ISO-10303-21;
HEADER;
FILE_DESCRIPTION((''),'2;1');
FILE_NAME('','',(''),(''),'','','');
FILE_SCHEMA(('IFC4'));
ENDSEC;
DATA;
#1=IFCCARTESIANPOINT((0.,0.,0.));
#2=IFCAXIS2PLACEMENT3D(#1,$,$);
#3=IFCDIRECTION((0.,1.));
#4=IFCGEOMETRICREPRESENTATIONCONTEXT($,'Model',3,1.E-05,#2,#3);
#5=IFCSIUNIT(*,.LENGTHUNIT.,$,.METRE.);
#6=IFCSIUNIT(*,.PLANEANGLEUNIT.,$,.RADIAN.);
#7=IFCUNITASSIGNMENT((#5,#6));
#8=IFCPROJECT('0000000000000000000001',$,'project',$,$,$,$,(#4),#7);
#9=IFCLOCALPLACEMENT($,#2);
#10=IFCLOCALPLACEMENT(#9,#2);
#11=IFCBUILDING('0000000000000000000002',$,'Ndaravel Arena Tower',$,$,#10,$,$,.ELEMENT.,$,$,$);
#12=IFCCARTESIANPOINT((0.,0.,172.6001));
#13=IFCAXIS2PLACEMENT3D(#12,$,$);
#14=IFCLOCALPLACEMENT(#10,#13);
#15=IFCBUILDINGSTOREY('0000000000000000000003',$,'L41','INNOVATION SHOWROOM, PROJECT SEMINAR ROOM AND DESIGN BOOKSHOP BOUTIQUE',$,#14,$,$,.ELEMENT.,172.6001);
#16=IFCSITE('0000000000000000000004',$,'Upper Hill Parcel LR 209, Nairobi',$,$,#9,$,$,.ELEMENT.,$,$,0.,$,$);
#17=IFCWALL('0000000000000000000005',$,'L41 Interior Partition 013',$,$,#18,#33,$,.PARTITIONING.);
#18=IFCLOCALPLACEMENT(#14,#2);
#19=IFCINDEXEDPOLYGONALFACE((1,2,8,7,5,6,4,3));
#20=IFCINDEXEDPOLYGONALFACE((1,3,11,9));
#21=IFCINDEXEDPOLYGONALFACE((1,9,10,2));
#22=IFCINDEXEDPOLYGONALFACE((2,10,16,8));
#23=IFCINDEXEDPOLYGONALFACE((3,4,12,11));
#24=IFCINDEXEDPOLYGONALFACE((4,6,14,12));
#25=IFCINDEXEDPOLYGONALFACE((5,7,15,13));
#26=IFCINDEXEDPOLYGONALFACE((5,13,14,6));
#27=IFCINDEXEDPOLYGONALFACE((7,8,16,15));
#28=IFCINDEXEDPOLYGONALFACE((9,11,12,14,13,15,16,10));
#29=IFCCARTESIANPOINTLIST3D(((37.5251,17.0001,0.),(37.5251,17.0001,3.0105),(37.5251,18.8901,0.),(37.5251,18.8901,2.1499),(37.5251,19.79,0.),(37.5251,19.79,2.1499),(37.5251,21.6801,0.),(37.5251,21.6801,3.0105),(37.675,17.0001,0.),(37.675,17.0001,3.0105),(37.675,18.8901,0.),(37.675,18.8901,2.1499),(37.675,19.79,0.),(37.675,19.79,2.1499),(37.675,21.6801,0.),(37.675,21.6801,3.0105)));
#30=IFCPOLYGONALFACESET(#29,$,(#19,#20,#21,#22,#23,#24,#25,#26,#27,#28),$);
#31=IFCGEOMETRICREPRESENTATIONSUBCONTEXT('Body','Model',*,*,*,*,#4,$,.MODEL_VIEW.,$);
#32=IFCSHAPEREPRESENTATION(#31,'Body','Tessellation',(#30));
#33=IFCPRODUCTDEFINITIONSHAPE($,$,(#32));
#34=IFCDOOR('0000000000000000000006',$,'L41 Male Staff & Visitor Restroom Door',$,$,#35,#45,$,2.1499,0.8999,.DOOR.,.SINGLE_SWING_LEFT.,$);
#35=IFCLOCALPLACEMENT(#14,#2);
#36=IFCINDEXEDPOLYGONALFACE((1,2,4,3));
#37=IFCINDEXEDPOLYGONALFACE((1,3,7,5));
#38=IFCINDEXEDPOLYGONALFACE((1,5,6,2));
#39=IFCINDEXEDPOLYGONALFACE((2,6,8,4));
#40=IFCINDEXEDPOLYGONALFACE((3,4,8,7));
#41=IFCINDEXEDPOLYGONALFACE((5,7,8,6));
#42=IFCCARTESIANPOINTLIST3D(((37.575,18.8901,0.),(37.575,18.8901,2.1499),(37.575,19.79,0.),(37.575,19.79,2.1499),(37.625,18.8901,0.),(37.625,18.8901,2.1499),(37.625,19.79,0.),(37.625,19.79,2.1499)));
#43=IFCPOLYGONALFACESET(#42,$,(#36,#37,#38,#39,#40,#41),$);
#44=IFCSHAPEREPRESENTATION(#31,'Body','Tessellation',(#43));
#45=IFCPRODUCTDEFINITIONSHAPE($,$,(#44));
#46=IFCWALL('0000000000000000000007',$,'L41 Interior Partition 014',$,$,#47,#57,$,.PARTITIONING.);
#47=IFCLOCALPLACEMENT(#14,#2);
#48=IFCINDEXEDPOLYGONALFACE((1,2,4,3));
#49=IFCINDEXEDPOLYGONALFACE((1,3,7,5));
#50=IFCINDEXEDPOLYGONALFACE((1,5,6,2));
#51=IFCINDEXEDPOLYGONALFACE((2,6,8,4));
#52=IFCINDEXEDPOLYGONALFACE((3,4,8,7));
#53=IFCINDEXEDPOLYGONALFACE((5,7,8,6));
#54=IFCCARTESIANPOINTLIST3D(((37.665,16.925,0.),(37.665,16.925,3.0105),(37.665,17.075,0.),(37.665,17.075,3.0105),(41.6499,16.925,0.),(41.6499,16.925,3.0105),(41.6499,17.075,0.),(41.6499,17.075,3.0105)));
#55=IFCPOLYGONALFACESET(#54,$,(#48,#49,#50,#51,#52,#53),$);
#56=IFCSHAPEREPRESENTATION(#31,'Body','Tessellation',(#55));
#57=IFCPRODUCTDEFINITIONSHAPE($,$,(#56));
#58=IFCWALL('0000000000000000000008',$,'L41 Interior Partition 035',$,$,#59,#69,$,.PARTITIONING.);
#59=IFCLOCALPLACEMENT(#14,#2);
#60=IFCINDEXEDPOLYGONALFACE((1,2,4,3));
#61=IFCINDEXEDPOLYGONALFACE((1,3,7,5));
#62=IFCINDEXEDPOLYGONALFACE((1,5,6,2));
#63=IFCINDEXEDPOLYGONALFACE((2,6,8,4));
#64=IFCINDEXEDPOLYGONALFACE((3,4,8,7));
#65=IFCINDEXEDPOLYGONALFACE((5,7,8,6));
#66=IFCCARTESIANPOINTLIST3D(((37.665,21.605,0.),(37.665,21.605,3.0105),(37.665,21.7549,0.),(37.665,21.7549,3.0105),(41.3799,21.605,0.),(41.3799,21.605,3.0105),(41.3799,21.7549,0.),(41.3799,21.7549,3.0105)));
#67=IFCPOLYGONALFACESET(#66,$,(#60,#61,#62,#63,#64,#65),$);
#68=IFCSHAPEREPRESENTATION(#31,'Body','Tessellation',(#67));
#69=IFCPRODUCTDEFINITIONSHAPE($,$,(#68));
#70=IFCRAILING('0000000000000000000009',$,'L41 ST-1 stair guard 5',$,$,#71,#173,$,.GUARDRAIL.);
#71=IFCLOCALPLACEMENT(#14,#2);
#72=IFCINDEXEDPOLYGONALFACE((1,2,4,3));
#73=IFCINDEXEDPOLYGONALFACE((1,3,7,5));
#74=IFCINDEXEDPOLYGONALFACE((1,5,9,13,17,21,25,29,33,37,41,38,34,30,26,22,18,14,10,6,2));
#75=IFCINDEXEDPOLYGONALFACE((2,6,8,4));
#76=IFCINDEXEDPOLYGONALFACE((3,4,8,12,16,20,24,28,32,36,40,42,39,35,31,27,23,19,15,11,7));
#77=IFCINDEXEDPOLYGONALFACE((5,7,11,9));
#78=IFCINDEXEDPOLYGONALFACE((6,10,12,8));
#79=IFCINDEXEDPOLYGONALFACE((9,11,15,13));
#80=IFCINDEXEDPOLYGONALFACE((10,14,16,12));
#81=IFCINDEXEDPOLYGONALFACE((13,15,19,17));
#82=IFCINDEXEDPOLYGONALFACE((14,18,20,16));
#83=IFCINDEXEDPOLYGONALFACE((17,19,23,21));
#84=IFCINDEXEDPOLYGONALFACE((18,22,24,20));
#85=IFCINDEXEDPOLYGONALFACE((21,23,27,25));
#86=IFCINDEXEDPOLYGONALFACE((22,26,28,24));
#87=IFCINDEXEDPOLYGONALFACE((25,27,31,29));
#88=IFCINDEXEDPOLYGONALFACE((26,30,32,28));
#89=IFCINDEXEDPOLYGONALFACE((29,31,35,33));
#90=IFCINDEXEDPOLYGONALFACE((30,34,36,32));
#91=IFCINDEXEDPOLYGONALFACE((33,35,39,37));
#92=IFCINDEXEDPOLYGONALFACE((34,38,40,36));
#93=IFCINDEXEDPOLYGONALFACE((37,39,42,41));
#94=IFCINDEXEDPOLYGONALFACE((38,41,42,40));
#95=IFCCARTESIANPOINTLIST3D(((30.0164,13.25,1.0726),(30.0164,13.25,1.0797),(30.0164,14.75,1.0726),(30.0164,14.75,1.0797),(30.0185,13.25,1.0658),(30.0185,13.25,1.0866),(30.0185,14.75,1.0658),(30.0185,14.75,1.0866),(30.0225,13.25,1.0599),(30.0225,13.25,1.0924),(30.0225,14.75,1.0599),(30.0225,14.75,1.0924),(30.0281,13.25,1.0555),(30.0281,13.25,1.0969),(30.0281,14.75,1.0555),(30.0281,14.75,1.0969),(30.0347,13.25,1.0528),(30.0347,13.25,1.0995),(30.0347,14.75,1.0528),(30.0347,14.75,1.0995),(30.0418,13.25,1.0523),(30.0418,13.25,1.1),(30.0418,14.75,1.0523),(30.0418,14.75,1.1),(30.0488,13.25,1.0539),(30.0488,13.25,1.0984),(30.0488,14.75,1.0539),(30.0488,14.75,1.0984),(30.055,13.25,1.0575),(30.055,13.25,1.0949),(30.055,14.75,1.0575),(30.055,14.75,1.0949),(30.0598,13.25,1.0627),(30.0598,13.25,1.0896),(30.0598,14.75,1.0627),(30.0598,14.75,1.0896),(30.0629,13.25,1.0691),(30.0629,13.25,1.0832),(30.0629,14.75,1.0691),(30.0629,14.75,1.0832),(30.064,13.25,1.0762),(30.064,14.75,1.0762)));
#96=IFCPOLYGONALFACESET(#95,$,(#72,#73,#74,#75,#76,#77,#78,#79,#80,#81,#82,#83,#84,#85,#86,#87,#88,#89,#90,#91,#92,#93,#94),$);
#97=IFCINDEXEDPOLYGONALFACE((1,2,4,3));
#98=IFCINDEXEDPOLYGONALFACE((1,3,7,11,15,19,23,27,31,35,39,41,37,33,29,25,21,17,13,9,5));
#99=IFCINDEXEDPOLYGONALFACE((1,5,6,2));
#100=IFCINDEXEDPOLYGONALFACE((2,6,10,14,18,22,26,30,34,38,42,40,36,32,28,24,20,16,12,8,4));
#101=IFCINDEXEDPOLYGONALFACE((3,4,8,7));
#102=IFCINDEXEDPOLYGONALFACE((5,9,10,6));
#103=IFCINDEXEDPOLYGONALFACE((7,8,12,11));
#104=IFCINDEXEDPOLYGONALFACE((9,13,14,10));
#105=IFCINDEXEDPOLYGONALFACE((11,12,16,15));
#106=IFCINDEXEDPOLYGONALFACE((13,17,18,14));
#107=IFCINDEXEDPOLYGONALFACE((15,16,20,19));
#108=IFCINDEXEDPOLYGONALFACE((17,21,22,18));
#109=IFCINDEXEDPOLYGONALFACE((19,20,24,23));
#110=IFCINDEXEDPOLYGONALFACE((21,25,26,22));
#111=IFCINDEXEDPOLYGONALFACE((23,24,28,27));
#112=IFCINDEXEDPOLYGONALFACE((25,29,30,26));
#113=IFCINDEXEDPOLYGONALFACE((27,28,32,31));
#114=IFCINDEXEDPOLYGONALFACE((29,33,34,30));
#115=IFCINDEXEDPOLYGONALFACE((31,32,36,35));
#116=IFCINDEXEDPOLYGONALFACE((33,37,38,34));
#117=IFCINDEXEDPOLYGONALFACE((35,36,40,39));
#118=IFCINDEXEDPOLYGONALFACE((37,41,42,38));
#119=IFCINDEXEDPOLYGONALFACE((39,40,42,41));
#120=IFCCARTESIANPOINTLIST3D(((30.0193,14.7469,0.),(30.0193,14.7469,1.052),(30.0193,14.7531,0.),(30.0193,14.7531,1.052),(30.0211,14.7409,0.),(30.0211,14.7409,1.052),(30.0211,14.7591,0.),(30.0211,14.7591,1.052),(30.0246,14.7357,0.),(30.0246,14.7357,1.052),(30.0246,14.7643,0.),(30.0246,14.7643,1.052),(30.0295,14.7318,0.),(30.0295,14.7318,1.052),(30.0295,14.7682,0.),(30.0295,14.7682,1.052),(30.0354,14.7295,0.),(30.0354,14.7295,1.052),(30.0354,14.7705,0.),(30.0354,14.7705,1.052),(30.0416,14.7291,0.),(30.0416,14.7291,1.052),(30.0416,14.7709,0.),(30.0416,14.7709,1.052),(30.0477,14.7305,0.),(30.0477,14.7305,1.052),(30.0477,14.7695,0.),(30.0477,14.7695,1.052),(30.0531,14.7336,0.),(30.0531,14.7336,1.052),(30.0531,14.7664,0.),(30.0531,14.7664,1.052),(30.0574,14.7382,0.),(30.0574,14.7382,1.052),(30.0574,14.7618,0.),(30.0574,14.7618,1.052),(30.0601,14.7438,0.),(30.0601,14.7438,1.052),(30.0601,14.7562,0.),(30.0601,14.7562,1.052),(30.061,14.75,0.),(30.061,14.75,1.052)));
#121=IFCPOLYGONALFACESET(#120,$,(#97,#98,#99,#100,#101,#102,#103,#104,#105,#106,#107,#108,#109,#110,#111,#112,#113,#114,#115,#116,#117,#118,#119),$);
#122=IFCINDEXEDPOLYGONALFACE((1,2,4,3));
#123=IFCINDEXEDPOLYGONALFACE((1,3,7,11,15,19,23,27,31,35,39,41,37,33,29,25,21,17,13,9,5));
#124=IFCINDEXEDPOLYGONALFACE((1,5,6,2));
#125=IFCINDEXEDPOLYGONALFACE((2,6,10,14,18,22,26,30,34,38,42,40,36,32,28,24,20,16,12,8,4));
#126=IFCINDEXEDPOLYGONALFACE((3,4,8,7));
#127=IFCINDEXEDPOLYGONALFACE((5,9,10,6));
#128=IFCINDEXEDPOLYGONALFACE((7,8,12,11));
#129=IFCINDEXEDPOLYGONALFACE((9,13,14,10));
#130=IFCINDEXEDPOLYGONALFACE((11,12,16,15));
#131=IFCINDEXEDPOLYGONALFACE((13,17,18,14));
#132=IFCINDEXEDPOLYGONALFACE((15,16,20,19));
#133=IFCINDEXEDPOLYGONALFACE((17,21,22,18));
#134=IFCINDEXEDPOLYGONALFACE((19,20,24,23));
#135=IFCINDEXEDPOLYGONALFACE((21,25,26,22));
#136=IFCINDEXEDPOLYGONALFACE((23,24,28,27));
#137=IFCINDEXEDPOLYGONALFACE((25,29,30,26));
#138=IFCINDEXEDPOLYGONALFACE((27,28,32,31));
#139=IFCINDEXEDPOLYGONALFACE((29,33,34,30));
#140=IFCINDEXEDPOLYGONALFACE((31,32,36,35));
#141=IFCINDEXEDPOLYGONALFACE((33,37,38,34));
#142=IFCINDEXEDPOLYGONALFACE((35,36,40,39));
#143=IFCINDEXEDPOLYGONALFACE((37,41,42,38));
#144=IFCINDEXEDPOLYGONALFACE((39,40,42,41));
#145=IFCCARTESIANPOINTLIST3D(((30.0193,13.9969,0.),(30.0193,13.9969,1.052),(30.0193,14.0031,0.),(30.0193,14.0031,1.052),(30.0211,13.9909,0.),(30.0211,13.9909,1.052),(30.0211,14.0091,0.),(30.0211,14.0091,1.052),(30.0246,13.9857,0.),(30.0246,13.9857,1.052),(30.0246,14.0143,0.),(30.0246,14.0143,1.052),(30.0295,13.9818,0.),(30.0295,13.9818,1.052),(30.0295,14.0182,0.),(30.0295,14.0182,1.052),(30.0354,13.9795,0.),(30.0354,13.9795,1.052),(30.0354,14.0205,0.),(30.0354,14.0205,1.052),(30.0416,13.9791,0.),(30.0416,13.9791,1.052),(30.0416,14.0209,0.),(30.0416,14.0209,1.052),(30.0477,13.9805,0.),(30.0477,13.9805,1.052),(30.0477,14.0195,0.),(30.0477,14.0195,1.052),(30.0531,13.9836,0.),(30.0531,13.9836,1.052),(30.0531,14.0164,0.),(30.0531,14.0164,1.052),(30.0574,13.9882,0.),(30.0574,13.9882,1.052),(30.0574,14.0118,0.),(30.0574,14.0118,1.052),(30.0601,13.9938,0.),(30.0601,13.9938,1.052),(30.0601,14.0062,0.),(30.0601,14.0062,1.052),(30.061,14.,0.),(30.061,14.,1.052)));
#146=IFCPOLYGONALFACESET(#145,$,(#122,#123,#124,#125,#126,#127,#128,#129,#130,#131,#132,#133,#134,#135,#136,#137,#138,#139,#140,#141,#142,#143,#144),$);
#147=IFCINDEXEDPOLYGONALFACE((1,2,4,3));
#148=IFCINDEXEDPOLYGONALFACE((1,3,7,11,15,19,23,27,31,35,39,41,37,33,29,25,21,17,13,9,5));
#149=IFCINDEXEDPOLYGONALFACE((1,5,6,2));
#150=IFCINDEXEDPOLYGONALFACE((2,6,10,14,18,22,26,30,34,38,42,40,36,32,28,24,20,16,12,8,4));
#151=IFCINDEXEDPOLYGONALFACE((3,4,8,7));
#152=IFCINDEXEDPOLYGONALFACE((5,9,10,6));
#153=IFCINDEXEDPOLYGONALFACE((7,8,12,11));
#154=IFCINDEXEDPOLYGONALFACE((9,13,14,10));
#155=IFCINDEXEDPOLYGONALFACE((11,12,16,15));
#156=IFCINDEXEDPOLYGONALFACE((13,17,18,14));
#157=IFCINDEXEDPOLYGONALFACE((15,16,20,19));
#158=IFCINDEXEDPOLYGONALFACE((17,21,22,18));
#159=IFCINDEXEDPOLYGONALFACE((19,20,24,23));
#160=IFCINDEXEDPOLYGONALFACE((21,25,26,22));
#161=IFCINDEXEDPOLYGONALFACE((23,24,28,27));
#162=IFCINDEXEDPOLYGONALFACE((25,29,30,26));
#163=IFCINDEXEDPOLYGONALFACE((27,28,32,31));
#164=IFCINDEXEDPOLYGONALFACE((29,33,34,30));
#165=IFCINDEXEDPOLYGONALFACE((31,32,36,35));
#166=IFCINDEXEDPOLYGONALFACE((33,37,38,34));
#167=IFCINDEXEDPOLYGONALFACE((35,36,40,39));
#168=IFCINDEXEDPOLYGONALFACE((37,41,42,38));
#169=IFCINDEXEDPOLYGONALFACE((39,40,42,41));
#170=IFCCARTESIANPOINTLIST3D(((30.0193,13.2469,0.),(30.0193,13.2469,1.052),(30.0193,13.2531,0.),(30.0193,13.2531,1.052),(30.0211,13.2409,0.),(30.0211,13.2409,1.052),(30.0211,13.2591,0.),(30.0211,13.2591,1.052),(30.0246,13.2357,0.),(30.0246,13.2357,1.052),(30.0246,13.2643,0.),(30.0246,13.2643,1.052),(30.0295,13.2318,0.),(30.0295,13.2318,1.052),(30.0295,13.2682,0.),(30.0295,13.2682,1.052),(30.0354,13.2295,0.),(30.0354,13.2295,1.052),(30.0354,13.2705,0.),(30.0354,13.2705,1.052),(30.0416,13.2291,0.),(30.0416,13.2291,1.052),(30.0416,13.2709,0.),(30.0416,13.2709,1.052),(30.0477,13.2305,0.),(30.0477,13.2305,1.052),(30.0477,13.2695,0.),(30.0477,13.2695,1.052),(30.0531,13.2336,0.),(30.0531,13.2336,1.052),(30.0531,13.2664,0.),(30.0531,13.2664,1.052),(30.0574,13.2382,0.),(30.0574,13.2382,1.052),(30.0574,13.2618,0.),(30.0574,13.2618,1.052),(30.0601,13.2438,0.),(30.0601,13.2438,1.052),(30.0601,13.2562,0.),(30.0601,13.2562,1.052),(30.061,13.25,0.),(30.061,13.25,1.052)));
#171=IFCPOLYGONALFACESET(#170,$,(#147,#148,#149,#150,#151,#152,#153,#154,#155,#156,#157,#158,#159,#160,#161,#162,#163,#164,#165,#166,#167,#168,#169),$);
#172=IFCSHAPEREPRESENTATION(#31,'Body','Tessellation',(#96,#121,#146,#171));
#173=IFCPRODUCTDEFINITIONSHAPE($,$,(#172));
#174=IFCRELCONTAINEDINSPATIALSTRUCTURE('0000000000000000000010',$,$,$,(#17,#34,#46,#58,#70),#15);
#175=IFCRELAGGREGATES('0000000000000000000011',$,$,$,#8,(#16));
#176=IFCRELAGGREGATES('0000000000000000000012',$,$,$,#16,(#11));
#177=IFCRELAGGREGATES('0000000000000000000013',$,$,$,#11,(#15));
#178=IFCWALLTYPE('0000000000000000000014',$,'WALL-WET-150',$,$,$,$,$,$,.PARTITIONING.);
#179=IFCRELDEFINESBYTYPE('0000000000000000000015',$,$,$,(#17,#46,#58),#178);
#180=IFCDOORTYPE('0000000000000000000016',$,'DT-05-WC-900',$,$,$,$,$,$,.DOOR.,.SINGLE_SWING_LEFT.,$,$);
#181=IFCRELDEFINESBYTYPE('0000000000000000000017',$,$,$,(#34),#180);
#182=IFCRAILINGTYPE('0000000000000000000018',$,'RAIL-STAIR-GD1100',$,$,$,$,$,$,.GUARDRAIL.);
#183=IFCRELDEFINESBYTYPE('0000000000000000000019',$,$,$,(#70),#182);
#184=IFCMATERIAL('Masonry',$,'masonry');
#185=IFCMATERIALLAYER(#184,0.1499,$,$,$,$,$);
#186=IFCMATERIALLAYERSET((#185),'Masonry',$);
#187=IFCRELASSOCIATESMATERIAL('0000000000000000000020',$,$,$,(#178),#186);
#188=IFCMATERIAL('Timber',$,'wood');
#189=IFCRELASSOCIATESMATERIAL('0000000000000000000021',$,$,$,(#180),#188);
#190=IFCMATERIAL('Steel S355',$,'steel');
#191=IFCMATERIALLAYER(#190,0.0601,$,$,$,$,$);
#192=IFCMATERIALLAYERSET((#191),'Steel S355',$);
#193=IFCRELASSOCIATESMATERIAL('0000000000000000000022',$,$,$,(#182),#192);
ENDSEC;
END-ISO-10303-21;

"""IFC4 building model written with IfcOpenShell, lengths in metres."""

from ifc_helpers import new_model, si_unit, direction, frame, frame_2d, origin, origin_2d, place, context, subcontext, project, spatial, rectangle, circle, extrude, material, layer, layer_set, type_object, element, fill, save


model = new_model("IFC4")

# Units and contexts
model_context = context("Model", 3, precision=1e-05, world=origin(), true_north=direction((0.0, 1.0)))
body_context = subcontext(model_context, "Body", "Model", "MODEL_VIEW")
ifc_project = project(units=[si_unit("LENGTHUNIT", "METRE"), si_unit("PLANEANGLEUNIT", "RADIAN")], contexts=[model_context])

# Site, building, storey
site_placement = place(None, origin())
site = spatial("IfcSite", under=ifc_project, at=site_placement, Name="Upper Hill Parcel LR 209, Nairobi", CompositionType="ELEMENT", RefElevation=0.0)
building_placement = place(site_placement, origin())
building = spatial("IfcBuilding", under=site, at=building_placement, Name="Ndaravel Arena Tower", CompositionType="ELEMENT")
storey_placement = place(building_placement, frame((0.0, 0.0, 172.6001)))
storey = spatial("IfcBuildingStorey", under=building, at=storey_placement, Name="L41", Description="INNOVATION SHOWROOM, PROJECT SEMINAR ROOM AND DESIGN BOOKSHOP BOUTIQUE", CompositionType="ELEMENT", Elevation=172.6001)

# Wall, opening, door
ifc_material_1 = material(Name="Masonry", Category="masonry")
ifc_layer_1 = layer(ifc_material_1, 0.1499)
ifc_layer_set_1 = layer_set([ifc_layer_1], Name="Masonry")
wall_type_1 = type_object("IfcWallType", Name="WALL-WET-150", PredefinedType="PARTITIONING", material=ifc_layer_set_1)
wall_1_placement = place(storey_placement, frame((37.6001, 21.6799, 0.0), z_axis=(0.0, 0.0, 1.0), x_axis=(0.0, -1.0, 0.0)))
wall_1 = element("IfcWall", 1, at=wall_1_placement, inside=storey, type_object=wall_type_1, Name="L41 Interior Partition 013", PredefinedType="PARTITIONING", context=body_context, shape_type="SweptSolid", body=[
    extrude(rectangle(XDim=4.6799, YDim=0.1499, at=frame_2d((2.3398, 0.0))), origin(), (0.0, 0.0, 1.0), 3.0105),
])
opening_1_placement = place(wall_1_placement, frame((1.8899, 0.0, 0.0)))
opening_1 = element("IfcOpeningElement", 2, at=opening_1_placement, cuts=wall_1, PredefinedType="OPENING", context=body_context, shape_type="SweptSolid", body=[
    extrude(rectangle(XDim=0.8999, YDim=2.1499, at=frame_2d((0.45, 1.075))), frame((0.0, 0.075, 0.0), z_axis=(0.0, -1.0, 0.0), x_axis=(1.0, 0.0, 0.0)), (0.0, 0.0, 1.0), 0.1499),
])
ifc_material_2 = material(Name="Timber", Category="wood")
door_type_1 = type_object("IfcDoorType", Name="DT-05-WC-900", OperationType="SINGLE_SWING_LEFT", PredefinedType="DOOR", material=ifc_material_2)
door_1_placement = place(opening_1_placement, origin())
door_1 = element("IfcDoor", 3, at=door_1_placement, inside=storey, type_object=door_type_1, Name="L41 Male Staff & Visitor Restroom Door", OperationType="SINGLE_SWING_LEFT", OverallHeight=2.1499, OverallWidth=0.8999, PredefinedType="DOOR", context=body_context, shape_type="SweptSolid", body=[
    extrude(rectangle(XDim=0.8999, YDim=2.1499, at=frame_2d((0.45, 1.075))), frame((0.0, 0.0249, 0.0), z_axis=(0.0, -1.0, 0.0), x_axis=(1.0, 0.0, 0.0)), (0.0, 0.0, 1.0), 0.05),
])
fill(opening_1, door_1)

# Walls
wall_2_placement = place(storey_placement, frame((37.665, 17.0, 0.0), z_axis=(0.0, 0.0, 1.0), x_axis=(1.0, 0.0, 0.0)))
element("IfcWall", 4, at=wall_2_placement, inside=storey, type_object=wall_type_1, Name="L41 Interior Partition 014", PredefinedType="PARTITIONING", context=body_context, shape_type="SweptSolid", body=[
    extrude(rectangle(XDim=3.9849, YDim=0.1499, at=frame_2d((1.9924, 0.0))), origin(), (0.0, 0.0, 1.0), 3.0105),
])
wall_3_placement = place(storey_placement, frame((37.665, 21.6799, 0.0), z_axis=(0.0, 0.0, 1.0), x_axis=(1.0, 0.0, 0.0)))
element("IfcWall", 5, at=wall_3_placement, inside=storey, type_object=wall_type_1, Name="L41 Interior Partition 035", PredefinedType="PARTITIONING", context=body_context, shape_type="SweptSolid", body=[
    extrude(rectangle(XDim=3.7148, YDim=0.1499, at=frame_2d((1.8574, 0.0))), origin(), (0.0, 0.0, 1.0), 3.0105),
])

# Railing
ifc_material_3 = material(Name="Steel S355", Category="steel")
ifc_layer_2 = layer(ifc_material_3, 0.0601)
ifc_layer_set_2 = layer_set([ifc_layer_2], Name="Steel S355")
railing_type = type_object("IfcRailingType", Name="RAIL-STAIR-GD1100", PredefinedType="GUARDRAIL", material=ifc_layer_set_2)
railing_placement = place(storey_placement, frame((30.04, 14.75, 0.0)))
element("IfcRailing", 6, at=railing_placement, inside=storey, type_object=railing_type, Name="L41 ST-1 stair guard 5", PredefinedType="GUARDRAIL", context=body_context, shape_type="SweptSolid", body=[
    extrude(circle(Radius=0.0239, at=origin_2d()), frame((0.0, 0.0, 1.0762), z_axis=(0.0, -1.0, 0.0), x_axis=(1.0, 0.0, 0.0)), (0.0, 0.0, 1.0), 1.5),
    extrude(circle(Radius=0.021, at=origin_2d()), origin(), (0.0, 0.0, 1.0), 1.052),
    extrude(circle(Radius=0.021, at=origin_2d()), frame((0.0, -0.75, 0.0)), (0.0, 0.0, 1.0), 1.052),
    extrude(circle(Radius=0.021, at=origin_2d()), frame((0.0, -1.5, 0.0)), (0.0, 0.0, 1.0), 1.052),
])

save(model, "model.ifc")
